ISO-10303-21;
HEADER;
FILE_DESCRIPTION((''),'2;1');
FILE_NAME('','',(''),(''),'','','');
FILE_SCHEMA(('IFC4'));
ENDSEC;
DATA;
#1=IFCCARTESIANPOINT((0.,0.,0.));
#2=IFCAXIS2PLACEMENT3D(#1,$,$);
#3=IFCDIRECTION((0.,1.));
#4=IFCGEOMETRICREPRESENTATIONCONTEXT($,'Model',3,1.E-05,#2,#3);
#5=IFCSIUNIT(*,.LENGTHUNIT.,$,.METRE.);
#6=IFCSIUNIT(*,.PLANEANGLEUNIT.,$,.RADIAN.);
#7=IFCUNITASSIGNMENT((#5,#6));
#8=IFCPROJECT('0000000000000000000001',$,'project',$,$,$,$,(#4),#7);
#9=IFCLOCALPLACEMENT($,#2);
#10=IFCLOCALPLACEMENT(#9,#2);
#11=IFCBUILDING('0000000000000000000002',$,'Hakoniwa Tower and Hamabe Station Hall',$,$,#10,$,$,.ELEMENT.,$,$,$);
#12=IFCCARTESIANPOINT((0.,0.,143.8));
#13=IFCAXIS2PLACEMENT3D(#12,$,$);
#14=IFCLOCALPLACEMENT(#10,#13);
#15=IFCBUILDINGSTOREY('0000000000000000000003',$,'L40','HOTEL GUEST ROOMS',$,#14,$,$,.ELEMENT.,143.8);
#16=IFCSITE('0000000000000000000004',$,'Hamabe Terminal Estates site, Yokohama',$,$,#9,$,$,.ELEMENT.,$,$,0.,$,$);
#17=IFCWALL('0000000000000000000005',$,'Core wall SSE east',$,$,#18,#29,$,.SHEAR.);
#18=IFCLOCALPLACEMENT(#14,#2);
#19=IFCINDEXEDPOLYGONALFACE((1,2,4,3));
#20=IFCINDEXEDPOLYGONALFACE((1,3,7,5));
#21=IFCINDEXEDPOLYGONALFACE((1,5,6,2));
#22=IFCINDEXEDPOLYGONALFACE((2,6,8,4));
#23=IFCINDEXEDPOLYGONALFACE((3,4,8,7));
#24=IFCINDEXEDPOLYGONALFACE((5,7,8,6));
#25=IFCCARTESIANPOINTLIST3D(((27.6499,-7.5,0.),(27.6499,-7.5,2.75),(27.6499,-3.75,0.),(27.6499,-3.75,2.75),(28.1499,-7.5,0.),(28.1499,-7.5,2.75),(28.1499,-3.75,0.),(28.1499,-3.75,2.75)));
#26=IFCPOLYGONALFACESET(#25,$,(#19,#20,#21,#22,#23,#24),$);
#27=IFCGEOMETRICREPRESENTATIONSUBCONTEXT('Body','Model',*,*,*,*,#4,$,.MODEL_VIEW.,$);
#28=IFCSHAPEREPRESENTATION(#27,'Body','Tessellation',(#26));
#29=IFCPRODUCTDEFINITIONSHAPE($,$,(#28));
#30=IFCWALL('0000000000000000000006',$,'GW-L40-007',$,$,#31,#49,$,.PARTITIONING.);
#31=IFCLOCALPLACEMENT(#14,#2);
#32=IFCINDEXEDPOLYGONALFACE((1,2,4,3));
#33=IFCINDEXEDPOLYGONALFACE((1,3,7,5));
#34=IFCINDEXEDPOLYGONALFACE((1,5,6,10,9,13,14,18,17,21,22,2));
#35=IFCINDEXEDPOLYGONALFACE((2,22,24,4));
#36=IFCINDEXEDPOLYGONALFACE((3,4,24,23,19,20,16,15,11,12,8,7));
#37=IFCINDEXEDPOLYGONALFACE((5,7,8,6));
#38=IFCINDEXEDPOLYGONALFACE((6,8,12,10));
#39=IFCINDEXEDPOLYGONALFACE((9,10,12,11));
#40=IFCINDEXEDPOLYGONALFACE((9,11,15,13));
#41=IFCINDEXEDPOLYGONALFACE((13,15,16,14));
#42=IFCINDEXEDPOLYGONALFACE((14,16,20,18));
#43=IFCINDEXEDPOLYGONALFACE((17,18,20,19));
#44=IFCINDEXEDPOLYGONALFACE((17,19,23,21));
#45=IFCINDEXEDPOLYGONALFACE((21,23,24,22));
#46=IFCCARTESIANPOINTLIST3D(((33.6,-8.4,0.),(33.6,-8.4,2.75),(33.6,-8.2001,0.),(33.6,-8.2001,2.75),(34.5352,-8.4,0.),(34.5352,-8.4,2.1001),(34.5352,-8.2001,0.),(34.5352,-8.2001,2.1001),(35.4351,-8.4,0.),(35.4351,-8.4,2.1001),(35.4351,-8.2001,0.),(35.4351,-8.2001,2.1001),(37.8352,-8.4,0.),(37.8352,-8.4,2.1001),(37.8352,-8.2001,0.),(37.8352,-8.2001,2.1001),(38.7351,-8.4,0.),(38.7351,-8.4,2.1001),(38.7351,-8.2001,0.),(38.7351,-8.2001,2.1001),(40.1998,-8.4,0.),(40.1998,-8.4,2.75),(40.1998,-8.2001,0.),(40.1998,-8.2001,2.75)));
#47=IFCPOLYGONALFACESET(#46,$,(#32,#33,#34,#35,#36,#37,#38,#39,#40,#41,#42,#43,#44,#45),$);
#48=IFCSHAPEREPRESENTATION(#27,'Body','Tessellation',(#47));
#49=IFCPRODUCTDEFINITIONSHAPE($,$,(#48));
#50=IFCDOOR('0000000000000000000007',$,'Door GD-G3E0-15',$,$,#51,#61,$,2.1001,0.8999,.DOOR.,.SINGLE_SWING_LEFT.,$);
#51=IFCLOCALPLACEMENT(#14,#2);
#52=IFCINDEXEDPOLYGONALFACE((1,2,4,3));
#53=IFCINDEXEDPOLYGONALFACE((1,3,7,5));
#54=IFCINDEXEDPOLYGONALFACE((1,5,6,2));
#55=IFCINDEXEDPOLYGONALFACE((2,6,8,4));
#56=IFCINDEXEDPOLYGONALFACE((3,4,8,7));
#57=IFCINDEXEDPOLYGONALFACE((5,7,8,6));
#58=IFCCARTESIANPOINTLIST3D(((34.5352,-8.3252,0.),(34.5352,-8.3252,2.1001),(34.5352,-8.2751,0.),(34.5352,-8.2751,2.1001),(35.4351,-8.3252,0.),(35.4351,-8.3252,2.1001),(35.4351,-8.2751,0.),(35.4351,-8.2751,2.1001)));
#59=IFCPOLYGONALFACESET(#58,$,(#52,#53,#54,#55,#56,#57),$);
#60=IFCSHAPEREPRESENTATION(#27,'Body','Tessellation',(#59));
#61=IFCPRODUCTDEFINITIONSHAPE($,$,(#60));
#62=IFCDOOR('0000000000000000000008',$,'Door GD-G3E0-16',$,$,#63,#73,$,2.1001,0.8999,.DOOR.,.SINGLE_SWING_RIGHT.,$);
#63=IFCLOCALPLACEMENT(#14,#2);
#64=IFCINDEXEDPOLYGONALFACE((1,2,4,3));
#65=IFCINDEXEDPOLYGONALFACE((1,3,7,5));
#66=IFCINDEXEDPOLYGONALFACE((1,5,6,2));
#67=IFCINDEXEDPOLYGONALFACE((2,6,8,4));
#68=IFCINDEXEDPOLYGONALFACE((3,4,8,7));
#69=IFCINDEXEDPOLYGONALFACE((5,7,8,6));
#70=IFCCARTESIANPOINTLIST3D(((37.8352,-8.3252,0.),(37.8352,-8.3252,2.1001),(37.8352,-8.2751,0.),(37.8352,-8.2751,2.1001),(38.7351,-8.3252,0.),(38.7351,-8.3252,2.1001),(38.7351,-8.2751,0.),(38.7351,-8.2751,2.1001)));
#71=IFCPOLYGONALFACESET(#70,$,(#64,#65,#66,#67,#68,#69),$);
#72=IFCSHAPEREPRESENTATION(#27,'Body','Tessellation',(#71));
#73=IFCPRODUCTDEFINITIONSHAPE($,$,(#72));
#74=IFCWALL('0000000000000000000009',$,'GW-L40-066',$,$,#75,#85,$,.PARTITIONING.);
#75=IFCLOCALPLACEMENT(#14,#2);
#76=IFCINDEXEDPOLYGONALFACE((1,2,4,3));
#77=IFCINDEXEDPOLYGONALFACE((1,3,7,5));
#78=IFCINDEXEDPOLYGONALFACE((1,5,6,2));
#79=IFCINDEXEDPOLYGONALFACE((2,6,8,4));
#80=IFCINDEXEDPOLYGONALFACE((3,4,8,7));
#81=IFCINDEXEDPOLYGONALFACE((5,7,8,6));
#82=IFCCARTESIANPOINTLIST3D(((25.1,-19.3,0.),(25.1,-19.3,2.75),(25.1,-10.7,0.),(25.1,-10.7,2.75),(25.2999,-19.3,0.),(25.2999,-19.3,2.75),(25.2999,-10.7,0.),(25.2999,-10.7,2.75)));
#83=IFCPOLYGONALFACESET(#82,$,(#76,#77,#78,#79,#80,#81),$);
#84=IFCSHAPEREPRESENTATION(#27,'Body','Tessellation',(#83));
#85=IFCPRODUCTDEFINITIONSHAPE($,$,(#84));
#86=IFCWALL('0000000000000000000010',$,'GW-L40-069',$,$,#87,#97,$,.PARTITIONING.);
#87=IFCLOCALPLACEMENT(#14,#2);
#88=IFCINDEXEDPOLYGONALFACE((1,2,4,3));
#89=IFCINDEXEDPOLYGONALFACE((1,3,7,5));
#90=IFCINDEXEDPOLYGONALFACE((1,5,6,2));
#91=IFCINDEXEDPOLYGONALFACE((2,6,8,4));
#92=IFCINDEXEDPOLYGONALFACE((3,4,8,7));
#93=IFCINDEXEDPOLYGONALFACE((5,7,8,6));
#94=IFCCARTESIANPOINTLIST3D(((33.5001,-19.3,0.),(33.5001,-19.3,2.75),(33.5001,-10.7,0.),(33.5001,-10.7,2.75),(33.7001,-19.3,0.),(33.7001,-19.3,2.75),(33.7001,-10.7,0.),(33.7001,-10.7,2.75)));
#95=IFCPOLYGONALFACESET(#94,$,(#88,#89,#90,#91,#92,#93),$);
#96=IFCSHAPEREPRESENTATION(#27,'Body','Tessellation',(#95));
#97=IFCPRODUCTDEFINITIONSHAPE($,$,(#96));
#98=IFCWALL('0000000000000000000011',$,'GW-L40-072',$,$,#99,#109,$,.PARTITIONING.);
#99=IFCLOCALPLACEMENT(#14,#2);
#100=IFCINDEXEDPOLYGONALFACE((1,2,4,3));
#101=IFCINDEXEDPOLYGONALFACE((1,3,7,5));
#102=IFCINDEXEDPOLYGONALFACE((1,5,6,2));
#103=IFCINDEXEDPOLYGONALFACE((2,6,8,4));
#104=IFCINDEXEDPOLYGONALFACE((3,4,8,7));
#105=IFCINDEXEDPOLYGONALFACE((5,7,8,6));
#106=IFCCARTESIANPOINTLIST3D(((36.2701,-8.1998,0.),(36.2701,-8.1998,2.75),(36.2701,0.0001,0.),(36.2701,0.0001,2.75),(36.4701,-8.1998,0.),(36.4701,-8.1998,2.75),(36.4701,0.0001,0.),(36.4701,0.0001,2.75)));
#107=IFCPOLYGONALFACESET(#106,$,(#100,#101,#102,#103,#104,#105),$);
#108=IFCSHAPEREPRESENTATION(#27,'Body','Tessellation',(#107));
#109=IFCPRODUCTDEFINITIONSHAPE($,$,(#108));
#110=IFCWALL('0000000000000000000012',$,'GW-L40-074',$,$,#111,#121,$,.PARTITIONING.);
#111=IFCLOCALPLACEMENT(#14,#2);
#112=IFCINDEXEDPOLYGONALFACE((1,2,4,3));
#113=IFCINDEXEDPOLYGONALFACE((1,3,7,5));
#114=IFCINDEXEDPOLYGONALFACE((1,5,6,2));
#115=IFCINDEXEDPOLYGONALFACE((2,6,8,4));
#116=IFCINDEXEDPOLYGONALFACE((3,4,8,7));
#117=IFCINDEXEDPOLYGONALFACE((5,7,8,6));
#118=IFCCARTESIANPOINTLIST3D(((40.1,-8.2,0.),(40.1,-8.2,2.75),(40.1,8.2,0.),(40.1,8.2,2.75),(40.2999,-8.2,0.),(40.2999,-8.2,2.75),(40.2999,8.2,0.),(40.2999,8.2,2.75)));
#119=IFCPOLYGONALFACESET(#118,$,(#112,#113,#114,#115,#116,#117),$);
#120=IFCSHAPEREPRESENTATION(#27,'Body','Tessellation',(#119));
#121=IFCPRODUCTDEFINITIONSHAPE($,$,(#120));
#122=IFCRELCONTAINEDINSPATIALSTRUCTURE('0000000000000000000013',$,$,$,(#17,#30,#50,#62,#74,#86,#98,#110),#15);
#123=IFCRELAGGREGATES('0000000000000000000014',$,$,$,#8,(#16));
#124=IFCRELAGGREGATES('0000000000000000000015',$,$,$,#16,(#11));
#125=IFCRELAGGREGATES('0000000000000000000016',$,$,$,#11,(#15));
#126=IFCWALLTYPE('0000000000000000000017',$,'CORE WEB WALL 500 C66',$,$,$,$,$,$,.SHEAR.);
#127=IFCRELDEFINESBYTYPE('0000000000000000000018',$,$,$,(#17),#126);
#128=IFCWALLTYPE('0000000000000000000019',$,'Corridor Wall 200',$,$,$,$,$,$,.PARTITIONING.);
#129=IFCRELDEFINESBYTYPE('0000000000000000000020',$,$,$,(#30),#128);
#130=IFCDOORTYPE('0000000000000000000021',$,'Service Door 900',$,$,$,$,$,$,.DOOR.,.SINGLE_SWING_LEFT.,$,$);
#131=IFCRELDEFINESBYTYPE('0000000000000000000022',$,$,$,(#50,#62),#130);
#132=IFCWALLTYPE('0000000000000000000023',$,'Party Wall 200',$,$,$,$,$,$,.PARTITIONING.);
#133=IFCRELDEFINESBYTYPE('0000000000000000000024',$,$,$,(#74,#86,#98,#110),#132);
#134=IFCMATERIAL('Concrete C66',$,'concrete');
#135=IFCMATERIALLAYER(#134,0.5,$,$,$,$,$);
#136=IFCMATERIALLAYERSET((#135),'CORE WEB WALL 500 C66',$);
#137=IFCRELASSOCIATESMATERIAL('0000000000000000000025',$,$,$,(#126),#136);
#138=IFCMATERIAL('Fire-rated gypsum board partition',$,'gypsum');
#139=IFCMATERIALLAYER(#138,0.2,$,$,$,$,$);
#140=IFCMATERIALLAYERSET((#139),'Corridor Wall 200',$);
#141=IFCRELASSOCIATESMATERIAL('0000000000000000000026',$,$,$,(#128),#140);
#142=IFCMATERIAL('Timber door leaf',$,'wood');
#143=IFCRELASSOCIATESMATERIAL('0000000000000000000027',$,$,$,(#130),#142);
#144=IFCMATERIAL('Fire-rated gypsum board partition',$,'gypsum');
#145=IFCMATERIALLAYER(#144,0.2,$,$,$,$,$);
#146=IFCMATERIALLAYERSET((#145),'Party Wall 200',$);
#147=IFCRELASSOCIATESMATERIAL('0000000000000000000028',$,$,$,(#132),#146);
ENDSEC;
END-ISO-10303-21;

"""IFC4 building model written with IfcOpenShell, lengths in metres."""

from ifc_helpers import new_model, si_unit, direction, frame, frame_2d, origin, place, context, subcontext, project, spatial, rectangle, extrude, material, layer, layer_set, type_object, element, fill, save


model = new_model("IFC4")

# Units and contexts
model_context = context("Model", 3, precision=1e-05, world=origin(), true_north=direction((0.0, 1.0)))
body_context = subcontext(model_context, "Body", "Model", "MODEL_VIEW")
ifc_project = project(units=[si_unit("LENGTHUNIT", "METRE"), si_unit("PLANEANGLEUNIT", "RADIAN")], contexts=[model_context])

# Site, building, storey
site_placement = place(None, origin())
site = spatial("IfcSite", under=ifc_project, at=site_placement, Name="Hamabe Terminal Estates site, Yokohama", CompositionType="ELEMENT", RefElevation=0.0)
building_placement = place(site_placement, origin())
building = spatial("IfcBuilding", under=site, at=building_placement, Name="Hakoniwa Tower and Hamabe Station Hall", CompositionType="ELEMENT")
storey_placement = place(building_placement, frame((0.0, 0.0, 143.8)))
storey = spatial("IfcBuildingStorey", under=building, at=storey_placement, Name="L40", Description="HOTEL GUEST ROOMS", CompositionType="ELEMENT", Elevation=143.8)

# Wall
ifc_material_1 = material(Name="Concrete C66", Category="concrete")
ifc_layer_1 = layer(ifc_material_1, 0.5)
ifc_layer_set_1 = layer_set([ifc_layer_1], Name="CORE WEB WALL 500 C66")
wall_type_1 = type_object("IfcWallType", Name="CORE WEB WALL 500 C66", PredefinedType="SHEAR", material=ifc_layer_set_1)
wall_1_placement = place(storey_placement, frame((27.8999, -7.5, 0.0), z_axis=(0.0, 0.0, 1.0), x_axis=(0.0, 1.0, 0.0)))
element("IfcWall", 1, at=wall_1_placement, inside=storey, type_object=wall_type_1, Name="Core wall SSE east", PredefinedType="SHEAR", context=body_context, shape_type="SweptSolid", body=[
    extrude(rectangle(XDim=3.75, YDim=0.5, at=frame_2d((1.875, 0.0))), origin(), (0.0, 0.0, 1.0), 2.75),
])

# Wall, openings, doors
ifc_material_2 = material(Name="Fire-rated gypsum board partition", Category="gypsum")
ifc_layer_2 = layer(ifc_material_2, 0.2)
ifc_layer_set_2 = layer_set([ifc_layer_2], Name="Corridor Wall 200")
wall_type_2 = type_object("IfcWallType", Name="Corridor Wall 200", PredefinedType="PARTITIONING", material=ifc_layer_set_2)
wall_2_placement = place(storey_placement, frame((33.6001, -8.3, 0.0), z_axis=(0.0, 0.0, 1.0), x_axis=(1.0, 0.0, 0.0)))
wall_2 = element("IfcWall", 2, at=wall_2_placement, inside=storey, type_object=wall_type_2, Name="GW-L40-007", PredefinedType="PARTITIONING", context=body_context, shape_type="SweptSolid", body=[
    extrude(rectangle(XDim=6.5999, YDim=0.2, at=frame_2d((3.2998, 0.0))), origin(), (0.0, 0.0, 1.0), 2.75),
])
opening_1_placement = place(wall_2_placement, frame((0.9351, 0.0, 0.0)))
opening_1 = element("IfcOpeningElement", 3, at=opening_1_placement, cuts=wall_2, PredefinedType="OPENING", context=body_context, shape_type="SweptSolid", body=[
    extrude(rectangle(XDim=0.8999, YDim=2.1001, at=frame_2d((0.45, 1.05))), frame((0.0, 0.1099, 0.0), z_axis=(0.0, -1.0, 0.0), x_axis=(1.0, 0.0, 0.0)), (0.0, 0.0, 1.0), 0.22),
])
opening_2_placement = place(wall_2_placement, frame((4.2351, 0.0, 0.0)))
opening_2 = element("IfcOpeningElement", 4, at=opening_2_placement, cuts=wall_2, PredefinedType="OPENING", context=body_context, shape_type="SweptSolid", body=[
    extrude(rectangle(XDim=0.8999, YDim=2.1001, at=frame_2d((0.45, 1.05))), frame((0.0, 0.1099, 0.0), z_axis=(0.0, -1.0, 0.0), x_axis=(1.0, 0.0, 0.0)), (0.0, 0.0, 1.0), 0.22),
])
ifc_material_3 = material(Name="Timber door leaf", Category="wood")
door_type_1 = type_object("IfcDoorType", Name="Service Door 900", OperationType="SINGLE_SWING_LEFT", PredefinedType="DOOR", material=ifc_material_3)
door_1_placement = place(opening_1_placement, origin())
door_1 = element("IfcDoor", 5, at=door_1_placement, inside=storey, type_object=door_type_1, Name="Door GD-G3E0-15", OperationType="SINGLE_SWING_LEFT", OverallHeight=2.1001, OverallWidth=0.8999, PredefinedType="DOOR", context=body_context, shape_type="SweptSolid", body=[
    extrude(rectangle(XDim=0.8999, YDim=2.1001, at=frame_2d((0.45, 1.05))), frame((0.0, 0.0249, 0.0), z_axis=(0.0, -1.0, 0.0), x_axis=(1.0, 0.0, 0.0)), (0.0, 0.0, 1.0), 0.05),
])
fill(opening_1, door_1)
door_2_placement = place(opening_2_placement, origin())
door_2 = element("IfcDoor", 6, at=door_2_placement, inside=storey, type_object=door_type_1, Name="Door GD-G3E0-16", OperationType="SINGLE_SWING_RIGHT", OverallHeight=2.1001, OverallWidth=0.8999, PredefinedType="DOOR", context=body_context, shape_type="SweptSolid", body=[
    extrude(rectangle(XDim=0.8999, YDim=2.1001, at=frame_2d((0.45, 1.05))), frame((0.0, 0.0249, 0.0), z_axis=(0.0, -1.0, 0.0), x_axis=(1.0, 0.0, 0.0)), (0.0, 0.0, 1.0), 0.05),
])
fill(opening_2, door_2)

# Walls
ifc_material_4 = material(Name="Fire-rated gypsum board partition", Category="gypsum")
ifc_layer_3 = layer(ifc_material_4, 0.2)
ifc_layer_set_3 = layer_set([ifc_layer_3], Name="Party Wall 200")
wall_type_3 = type_object("IfcWallType", Name="Party Wall 200", PredefinedType="PARTITIONING", material=ifc_layer_set_3)
for number, where, z_axis, x_axis, name in (
    (7, (25.2, -19.3, 0.0), (0.0, 0.0, 1.0), (0.0, 1.0, 0.0), "GW-L40-066"),
    (8, (33.6001, -19.3, 0.0), (0.0, 0.0, 1.0), (0.0, 1.0, 0.0), "GW-L40-069"),
):
    element("IfcWall", number, at=place(storey_placement, frame(where, z_axis=z_axis, x_axis=x_axis)), inside=storey, type_object=wall_type_3, Name=name, PredefinedType="PARTITIONING", context=body_context, shape_type="SweptSolid", body=[
        extrude(rectangle(XDim=8.6001, YDim=0.2, at=frame_2d((4.3, 0.0))), origin(), (0.0, 0.0, 1.0), 2.75),
    ])
wall_3_placement = place(storey_placement, frame((36.3701, -8.2, 0.0), z_axis=(0.0, 0.0, 1.0), x_axis=(0.0, 1.0, 0.0)))
element("IfcWall", 9, at=wall_3_placement, inside=storey, type_object=wall_type_3, Name="GW-L40-072", PredefinedType="PARTITIONING", context=body_context, shape_type="SweptSolid", body=[
    extrude(rectangle(XDim=8.2, YDim=0.2, at=frame_2d((4.1001, 0.0))), origin(), (0.0, 0.0, 1.0), 2.75),
])
wall_4_placement = place(storey_placement, frame((40.2, -8.2, 0.0), z_axis=(0.0, 0.0, 1.0), x_axis=(0.0, 1.0, 0.0)))
element("IfcWall", 10, at=wall_4_placement, inside=storey, type_object=wall_type_3, Name="GW-L40-074", PredefinedType="PARTITIONING", context=body_context, shape_type="SweptSolid", body=[
    extrude(rectangle(XDim=16.3999, YDim=0.2, at=frame_2d((8.2, 0.0))), origin(), (0.0, 0.0, 1.0), 2.75),
])

save(model, "model.ifc")
